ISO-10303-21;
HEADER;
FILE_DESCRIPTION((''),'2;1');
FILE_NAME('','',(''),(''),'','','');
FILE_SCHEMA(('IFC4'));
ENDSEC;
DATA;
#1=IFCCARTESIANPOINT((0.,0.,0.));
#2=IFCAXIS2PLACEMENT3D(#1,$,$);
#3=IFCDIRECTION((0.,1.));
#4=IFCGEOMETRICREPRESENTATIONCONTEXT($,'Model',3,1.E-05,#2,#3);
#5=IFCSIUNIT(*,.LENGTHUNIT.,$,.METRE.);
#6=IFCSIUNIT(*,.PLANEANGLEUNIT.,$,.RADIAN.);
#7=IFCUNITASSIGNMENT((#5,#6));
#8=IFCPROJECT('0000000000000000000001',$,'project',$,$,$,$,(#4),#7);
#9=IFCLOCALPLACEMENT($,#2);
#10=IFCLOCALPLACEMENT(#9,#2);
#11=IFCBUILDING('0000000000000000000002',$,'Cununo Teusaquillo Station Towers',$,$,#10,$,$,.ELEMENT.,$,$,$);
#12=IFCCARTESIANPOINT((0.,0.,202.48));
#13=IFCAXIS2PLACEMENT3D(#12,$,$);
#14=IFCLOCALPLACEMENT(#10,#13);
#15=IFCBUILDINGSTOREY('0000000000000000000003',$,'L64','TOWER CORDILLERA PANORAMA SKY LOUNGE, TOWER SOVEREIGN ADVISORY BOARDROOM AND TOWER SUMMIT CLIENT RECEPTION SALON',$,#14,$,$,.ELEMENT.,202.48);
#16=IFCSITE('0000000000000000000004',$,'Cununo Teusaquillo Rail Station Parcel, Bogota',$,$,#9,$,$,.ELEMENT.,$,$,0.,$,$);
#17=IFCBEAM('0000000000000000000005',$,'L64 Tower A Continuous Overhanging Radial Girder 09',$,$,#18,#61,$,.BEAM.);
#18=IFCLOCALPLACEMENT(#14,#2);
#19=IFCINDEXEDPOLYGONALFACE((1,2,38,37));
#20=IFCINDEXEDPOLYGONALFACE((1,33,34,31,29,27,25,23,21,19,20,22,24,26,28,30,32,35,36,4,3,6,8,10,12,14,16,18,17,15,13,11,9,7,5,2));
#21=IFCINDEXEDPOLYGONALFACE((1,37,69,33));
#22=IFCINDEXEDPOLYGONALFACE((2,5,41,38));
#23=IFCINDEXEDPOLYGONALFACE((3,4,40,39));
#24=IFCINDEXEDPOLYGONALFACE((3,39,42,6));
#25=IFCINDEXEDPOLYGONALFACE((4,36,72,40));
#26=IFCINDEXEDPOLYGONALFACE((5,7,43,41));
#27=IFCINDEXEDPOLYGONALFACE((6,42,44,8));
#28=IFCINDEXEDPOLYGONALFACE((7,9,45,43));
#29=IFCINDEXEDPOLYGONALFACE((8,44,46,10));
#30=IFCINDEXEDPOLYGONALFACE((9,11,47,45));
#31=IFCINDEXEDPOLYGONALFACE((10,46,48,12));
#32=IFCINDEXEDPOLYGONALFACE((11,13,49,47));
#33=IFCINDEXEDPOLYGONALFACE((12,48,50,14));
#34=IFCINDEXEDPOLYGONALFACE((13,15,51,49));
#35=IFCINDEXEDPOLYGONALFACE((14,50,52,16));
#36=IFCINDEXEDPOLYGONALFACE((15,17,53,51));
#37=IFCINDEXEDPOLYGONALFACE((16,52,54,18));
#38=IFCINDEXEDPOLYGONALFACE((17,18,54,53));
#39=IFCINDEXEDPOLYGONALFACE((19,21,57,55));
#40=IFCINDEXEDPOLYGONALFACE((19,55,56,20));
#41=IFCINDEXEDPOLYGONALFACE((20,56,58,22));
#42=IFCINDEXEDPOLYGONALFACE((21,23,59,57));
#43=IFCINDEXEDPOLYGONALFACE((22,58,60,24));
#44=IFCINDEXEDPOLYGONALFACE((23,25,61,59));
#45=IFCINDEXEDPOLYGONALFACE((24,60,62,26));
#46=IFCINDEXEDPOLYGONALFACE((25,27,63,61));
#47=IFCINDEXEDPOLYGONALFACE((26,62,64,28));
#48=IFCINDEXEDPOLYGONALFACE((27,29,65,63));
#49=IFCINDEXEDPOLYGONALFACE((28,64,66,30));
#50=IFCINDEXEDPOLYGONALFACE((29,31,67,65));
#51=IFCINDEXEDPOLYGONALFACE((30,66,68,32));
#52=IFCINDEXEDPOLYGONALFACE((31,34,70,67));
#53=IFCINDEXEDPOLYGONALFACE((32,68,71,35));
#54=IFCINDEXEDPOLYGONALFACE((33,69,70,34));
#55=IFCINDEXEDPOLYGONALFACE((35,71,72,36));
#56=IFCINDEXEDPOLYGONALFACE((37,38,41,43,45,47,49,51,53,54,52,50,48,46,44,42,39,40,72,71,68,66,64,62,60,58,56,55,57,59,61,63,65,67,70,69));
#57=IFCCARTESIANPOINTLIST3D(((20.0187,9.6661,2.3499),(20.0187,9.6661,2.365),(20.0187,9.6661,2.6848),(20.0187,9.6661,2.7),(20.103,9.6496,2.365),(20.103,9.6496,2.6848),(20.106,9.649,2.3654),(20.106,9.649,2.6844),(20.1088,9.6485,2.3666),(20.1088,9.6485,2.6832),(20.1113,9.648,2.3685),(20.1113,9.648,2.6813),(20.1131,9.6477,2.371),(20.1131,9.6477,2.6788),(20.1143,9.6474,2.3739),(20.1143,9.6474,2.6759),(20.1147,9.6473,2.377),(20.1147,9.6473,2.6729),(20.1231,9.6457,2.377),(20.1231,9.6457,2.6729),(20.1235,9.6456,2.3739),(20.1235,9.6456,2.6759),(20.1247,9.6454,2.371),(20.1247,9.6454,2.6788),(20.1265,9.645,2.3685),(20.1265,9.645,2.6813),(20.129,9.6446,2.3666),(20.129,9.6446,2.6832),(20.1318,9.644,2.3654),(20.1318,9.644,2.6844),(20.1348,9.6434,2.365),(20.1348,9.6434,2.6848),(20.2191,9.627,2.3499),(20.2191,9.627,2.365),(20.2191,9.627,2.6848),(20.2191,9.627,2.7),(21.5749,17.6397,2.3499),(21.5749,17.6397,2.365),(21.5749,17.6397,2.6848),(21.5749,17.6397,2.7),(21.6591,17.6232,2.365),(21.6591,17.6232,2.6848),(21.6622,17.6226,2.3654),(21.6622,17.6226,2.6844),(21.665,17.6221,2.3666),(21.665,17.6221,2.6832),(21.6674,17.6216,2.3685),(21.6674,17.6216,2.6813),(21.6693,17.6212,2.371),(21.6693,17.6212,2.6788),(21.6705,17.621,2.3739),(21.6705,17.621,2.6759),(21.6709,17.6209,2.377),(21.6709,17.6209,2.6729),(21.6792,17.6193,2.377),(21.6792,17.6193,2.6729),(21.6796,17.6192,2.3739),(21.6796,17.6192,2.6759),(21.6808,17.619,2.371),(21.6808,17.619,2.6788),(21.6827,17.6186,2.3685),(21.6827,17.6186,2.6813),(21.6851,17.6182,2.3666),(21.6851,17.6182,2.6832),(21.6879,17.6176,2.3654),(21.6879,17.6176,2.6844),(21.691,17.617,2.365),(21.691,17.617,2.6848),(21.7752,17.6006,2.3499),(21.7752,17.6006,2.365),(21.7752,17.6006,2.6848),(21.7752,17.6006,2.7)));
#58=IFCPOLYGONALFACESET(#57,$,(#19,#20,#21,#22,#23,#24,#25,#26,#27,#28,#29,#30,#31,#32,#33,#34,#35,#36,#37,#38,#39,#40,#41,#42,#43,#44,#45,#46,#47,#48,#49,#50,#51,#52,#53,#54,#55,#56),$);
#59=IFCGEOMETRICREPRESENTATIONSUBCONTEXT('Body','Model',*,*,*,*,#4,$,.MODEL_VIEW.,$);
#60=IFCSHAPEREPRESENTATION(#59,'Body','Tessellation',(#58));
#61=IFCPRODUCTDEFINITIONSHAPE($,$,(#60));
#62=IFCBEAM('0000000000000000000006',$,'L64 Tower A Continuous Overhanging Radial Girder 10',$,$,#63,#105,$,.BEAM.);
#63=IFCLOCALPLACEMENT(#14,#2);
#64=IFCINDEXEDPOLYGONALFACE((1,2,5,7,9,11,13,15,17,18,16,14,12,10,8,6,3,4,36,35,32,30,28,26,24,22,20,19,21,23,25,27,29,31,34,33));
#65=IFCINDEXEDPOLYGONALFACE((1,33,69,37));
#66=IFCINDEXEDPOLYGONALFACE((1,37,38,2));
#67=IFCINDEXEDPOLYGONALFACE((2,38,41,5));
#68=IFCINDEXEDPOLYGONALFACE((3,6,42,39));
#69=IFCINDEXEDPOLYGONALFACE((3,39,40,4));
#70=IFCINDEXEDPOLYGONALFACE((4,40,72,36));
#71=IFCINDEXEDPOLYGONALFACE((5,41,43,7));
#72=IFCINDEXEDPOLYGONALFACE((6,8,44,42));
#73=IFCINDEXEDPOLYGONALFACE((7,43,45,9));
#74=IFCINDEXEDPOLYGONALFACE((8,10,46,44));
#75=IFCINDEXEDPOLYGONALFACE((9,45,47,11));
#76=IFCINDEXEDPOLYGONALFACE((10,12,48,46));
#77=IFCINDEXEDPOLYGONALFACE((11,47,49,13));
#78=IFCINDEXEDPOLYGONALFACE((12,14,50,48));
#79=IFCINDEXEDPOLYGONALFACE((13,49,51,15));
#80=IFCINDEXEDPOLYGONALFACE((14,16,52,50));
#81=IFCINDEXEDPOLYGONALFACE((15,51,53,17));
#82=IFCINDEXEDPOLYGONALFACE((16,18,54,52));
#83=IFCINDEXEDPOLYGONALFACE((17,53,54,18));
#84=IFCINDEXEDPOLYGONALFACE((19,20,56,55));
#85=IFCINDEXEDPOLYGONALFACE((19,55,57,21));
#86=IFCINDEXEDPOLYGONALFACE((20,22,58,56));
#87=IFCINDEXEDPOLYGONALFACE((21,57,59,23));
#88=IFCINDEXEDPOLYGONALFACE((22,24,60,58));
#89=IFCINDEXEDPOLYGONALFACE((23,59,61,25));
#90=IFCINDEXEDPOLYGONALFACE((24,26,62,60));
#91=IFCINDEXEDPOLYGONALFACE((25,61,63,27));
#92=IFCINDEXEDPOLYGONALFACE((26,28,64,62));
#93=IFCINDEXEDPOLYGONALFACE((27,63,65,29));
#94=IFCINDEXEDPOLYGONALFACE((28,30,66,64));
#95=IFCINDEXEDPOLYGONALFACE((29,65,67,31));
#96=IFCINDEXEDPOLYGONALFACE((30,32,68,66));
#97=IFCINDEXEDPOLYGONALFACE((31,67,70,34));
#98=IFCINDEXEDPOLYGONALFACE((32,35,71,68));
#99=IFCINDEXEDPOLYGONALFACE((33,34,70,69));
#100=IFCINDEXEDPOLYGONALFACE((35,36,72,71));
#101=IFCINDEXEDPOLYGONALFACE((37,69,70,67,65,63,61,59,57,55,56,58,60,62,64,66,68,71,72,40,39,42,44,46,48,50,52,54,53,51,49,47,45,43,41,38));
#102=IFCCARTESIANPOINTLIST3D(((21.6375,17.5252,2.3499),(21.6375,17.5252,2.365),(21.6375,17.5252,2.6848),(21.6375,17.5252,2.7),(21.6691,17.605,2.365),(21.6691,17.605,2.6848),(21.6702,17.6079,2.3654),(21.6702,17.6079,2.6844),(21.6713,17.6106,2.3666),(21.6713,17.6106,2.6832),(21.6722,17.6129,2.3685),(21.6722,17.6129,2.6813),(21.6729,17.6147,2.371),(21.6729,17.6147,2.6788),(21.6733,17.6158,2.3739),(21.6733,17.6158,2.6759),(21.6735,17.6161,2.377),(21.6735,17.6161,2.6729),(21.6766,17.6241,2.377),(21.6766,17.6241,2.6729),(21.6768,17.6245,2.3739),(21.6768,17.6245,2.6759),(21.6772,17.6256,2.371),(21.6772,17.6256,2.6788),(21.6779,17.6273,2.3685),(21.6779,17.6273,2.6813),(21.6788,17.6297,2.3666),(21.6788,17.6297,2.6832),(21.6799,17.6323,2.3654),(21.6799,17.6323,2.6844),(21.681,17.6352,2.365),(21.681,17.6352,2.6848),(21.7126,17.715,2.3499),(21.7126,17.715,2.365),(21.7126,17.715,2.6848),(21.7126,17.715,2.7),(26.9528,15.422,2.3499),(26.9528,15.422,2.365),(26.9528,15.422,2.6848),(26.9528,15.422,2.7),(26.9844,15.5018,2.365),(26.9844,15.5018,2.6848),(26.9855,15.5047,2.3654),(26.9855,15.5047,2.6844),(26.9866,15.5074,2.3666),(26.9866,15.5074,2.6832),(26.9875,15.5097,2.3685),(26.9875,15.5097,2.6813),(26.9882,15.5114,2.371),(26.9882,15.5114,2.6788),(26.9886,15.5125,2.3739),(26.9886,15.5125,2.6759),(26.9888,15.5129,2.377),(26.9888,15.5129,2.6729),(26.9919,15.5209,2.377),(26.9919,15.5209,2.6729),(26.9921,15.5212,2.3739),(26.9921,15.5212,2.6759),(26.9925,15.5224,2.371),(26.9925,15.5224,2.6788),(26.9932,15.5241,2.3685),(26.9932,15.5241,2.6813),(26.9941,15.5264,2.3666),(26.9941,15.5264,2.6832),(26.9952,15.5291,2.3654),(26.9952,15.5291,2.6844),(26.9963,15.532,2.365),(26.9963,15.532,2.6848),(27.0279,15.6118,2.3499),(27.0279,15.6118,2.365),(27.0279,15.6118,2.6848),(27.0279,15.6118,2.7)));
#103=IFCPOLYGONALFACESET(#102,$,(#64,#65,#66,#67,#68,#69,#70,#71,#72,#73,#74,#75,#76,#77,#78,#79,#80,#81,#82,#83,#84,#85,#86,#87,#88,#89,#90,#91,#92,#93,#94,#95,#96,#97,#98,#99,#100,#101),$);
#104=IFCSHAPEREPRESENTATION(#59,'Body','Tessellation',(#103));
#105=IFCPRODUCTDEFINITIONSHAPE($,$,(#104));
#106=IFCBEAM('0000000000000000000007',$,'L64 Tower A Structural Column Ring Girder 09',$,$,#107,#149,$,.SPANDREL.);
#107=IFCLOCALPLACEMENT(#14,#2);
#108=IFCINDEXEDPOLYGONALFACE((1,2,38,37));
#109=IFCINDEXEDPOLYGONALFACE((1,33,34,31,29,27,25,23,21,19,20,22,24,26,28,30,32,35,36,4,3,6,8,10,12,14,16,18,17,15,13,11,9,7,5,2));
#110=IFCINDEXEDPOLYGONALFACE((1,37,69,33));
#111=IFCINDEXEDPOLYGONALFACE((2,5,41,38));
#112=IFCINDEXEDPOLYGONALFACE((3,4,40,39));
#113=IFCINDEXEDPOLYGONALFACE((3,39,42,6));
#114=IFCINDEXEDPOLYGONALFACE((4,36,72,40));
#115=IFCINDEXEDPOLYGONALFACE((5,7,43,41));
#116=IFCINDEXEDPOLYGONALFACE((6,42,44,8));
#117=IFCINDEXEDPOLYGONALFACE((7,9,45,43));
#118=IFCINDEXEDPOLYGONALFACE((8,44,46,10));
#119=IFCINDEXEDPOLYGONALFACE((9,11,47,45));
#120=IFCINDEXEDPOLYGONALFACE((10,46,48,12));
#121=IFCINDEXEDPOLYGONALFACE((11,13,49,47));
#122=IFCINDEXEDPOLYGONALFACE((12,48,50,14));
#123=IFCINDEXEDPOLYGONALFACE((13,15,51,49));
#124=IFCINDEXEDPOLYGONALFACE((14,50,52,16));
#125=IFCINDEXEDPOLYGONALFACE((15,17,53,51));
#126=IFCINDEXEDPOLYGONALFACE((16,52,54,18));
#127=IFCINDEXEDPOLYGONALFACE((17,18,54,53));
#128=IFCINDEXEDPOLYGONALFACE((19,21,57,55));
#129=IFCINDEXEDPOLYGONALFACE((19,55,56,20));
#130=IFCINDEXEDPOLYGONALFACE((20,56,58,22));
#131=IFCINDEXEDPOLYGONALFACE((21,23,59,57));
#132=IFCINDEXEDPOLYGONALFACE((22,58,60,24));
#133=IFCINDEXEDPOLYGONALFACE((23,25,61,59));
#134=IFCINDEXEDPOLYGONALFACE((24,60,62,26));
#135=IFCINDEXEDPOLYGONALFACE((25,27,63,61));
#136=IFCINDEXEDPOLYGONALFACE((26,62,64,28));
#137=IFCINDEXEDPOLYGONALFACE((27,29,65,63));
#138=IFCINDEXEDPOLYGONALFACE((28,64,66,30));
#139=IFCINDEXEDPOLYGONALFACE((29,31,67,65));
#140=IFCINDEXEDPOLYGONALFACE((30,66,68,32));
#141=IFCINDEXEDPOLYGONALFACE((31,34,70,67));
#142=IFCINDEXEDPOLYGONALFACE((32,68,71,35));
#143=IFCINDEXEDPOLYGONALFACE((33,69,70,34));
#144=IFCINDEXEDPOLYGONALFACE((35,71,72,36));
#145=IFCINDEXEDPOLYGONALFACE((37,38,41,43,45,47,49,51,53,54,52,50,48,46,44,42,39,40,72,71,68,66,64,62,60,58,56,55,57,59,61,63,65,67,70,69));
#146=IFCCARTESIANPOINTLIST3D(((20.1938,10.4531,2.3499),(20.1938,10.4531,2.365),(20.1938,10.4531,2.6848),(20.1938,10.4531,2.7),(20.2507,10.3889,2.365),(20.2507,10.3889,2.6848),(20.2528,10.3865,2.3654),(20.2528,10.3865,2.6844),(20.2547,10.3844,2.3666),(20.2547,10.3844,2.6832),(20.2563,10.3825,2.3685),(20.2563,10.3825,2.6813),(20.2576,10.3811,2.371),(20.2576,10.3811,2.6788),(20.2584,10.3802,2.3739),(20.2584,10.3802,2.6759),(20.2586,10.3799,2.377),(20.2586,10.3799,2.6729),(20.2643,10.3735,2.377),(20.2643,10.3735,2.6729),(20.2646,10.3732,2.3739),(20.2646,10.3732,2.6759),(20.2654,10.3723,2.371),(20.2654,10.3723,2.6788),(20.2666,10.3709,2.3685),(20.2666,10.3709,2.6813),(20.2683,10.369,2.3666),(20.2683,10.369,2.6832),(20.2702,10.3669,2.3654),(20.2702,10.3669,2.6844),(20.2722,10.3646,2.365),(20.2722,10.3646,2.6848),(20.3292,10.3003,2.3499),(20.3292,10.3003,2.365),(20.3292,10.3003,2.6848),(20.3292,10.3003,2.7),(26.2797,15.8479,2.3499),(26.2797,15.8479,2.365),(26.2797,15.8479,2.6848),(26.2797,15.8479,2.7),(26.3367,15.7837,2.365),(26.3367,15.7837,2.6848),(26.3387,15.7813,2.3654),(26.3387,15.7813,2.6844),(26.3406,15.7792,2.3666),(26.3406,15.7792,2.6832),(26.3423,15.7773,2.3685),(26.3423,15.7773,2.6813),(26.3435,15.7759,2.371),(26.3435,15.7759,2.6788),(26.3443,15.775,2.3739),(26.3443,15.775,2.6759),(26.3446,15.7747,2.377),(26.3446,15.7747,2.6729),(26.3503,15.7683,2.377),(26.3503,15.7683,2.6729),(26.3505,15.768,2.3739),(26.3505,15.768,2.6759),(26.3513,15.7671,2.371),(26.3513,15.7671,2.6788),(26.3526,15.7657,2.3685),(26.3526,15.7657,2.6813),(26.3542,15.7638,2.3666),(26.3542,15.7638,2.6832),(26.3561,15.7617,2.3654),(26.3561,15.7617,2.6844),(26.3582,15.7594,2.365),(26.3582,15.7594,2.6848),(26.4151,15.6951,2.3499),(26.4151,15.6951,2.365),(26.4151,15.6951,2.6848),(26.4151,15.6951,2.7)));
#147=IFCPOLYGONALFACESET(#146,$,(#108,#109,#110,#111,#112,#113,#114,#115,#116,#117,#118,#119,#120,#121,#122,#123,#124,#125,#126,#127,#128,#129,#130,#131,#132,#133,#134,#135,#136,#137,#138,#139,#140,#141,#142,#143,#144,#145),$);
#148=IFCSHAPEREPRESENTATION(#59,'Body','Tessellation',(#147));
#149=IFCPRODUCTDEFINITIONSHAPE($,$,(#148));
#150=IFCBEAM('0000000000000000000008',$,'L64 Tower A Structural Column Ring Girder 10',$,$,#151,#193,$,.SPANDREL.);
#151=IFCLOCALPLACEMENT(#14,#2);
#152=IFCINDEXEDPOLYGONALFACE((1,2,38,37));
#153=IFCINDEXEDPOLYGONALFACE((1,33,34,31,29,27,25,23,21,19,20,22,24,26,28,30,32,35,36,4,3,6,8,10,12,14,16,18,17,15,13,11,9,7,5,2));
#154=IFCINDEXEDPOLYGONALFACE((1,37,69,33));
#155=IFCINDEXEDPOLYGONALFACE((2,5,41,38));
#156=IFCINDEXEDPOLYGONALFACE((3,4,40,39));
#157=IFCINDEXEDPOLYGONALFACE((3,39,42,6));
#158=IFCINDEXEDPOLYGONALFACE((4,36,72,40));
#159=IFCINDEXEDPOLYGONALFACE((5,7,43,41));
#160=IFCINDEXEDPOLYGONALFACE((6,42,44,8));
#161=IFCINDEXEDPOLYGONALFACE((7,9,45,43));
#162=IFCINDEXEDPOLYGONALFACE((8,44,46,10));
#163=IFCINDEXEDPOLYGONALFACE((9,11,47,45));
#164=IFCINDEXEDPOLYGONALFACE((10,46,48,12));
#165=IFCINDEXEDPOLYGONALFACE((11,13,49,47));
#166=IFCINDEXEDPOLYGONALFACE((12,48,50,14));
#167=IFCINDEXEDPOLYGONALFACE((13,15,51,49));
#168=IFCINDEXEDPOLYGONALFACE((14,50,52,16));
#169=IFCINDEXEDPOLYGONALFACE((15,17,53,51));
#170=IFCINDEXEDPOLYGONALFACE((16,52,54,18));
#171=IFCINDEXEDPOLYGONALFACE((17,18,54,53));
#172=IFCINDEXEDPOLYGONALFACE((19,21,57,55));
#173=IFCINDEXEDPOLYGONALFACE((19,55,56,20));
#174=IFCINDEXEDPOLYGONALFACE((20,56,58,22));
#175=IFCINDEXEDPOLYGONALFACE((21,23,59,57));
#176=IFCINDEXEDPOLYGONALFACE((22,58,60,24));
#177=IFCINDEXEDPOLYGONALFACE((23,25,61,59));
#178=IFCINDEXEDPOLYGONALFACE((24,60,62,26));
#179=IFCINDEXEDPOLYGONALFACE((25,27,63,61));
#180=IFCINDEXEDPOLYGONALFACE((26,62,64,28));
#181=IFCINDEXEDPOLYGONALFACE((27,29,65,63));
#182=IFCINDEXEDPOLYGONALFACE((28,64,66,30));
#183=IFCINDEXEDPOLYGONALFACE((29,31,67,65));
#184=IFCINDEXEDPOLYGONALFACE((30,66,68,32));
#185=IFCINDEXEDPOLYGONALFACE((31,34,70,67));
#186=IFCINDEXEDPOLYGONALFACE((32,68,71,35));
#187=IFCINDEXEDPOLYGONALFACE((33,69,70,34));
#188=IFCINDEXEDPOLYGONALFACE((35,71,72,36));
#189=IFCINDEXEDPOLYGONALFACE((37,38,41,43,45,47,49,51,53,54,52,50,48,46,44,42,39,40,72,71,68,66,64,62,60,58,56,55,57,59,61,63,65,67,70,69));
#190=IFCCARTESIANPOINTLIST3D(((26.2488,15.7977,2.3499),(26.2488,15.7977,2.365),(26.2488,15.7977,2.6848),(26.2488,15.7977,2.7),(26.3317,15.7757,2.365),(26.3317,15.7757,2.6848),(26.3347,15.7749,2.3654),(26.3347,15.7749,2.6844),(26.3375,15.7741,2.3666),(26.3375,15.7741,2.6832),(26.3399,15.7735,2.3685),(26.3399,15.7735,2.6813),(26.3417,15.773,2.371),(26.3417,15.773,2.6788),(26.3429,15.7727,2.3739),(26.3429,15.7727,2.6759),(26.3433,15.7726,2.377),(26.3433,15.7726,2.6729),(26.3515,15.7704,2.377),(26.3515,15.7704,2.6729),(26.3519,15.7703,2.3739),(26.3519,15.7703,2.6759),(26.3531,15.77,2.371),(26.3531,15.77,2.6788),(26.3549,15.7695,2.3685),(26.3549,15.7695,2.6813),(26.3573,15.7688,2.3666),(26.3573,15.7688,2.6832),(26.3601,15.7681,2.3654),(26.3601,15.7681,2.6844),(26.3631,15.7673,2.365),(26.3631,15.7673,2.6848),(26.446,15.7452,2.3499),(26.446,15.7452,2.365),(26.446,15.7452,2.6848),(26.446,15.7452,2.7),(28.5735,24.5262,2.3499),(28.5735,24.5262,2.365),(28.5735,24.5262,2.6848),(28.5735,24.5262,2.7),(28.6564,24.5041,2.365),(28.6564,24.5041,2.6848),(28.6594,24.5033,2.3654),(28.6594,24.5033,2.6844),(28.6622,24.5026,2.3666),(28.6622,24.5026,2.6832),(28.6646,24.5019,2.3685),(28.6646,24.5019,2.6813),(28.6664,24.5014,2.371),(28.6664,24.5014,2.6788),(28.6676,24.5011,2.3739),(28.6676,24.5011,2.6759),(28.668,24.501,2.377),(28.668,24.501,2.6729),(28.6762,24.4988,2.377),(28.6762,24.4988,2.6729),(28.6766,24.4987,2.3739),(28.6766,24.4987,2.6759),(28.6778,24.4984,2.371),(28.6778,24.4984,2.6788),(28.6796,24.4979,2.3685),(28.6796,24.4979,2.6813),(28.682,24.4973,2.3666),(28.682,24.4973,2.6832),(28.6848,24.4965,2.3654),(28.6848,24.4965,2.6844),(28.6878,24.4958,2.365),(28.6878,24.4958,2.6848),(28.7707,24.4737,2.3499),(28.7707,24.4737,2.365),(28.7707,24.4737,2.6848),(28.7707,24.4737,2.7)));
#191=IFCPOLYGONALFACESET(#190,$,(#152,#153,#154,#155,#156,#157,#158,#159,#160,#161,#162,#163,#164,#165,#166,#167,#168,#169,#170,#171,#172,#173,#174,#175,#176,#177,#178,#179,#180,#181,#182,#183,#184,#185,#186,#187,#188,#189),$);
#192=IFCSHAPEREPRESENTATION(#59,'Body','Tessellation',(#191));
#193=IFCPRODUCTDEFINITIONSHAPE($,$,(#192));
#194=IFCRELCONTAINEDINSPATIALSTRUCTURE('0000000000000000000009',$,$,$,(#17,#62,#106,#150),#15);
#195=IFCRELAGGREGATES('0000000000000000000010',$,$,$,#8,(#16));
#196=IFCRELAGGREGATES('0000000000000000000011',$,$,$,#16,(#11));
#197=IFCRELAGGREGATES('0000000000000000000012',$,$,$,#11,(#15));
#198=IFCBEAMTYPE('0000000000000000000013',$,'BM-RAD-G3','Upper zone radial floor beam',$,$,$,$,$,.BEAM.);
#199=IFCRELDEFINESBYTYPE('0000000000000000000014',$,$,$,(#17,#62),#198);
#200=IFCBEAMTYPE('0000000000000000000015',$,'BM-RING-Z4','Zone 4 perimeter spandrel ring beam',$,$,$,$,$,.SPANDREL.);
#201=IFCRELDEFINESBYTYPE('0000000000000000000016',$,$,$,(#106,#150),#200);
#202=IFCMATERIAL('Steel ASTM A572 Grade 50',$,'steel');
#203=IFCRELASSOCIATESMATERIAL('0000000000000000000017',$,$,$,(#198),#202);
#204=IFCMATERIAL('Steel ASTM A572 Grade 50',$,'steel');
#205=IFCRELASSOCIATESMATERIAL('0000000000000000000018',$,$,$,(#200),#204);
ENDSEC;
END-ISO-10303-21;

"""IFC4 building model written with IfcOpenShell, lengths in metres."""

from ifc_helpers import new_model, si_unit, direction, frame, origin, origin_2d, place, context, subcontext, project, spatial, i_section, extrude, material, material_profile, profile_set, type_object, element, save


model = new_model("IFC4")

# Units and contexts
model_context = context("Model", 3, precision=1e-05, world=origin(), true_north=direction((0.0, 1.0)))
body_context = subcontext(model_context, "Body", "Model", "MODEL_VIEW")
ifc_project = project(units=[si_unit("LENGTHUNIT", "METRE"), si_unit("PLANEANGLEUNIT", "RADIAN")], contexts=[model_context])

# Site, building, storey
site_placement = place(None, origin())
site = spatial("IfcSite", under=ifc_project, at=site_placement, Name="Cununo Teusaquillo Rail Station Parcel, Bogota", CompositionType="ELEMENT", RefElevation=0.0)
building_placement = place(site_placement, origin())
building = spatial("IfcBuilding", under=site, at=building_placement, Name="Cununo Teusaquillo Station Towers", CompositionType="ELEMENT")
storey_placement = place(building_placement, frame((0.0, 0.0, 202.48)))
storey = spatial("IfcBuildingStorey", under=building, at=storey_placement, Name="L64", Description="TOWER CORDILLERA PANORAMA SKY LOUNGE, TOWER SOVEREIGN ADVISORY BOARDROOM AND TOWER SUMMIT CLIENT RECEPTION SALON", CompositionType="ELEMENT", Elevation=202.48)

# Beams
ifc_material_1 = material(Name="Steel ASTM A572 Grade 50", Category="steel")
ifc_material_profile_1 = material_profile(ifc_material_1, i_section(OverallWidth=0.2041, OverallDepth=0.3501, WebThickness=0.0085, FlangeThickness=0.0151, FilletRadius=0.012, at=origin_2d()), Name="W14X48")
ifc_profile_set_1 = profile_set([ifc_material_profile_1], Name="Steel ASTM A572 Grade 50")
beam_type_1 = type_object("IfcBeamType", Name="BM-RAD-G3", Description="Upper zone radial floor beam", PredefinedType="BEAM", material=ifc_profile_set_1)
beam_1_placement = place(storey_placement, frame((21.675, 17.6201, 2.5249), z_axis=(-0.191548, -0.981483, 0.0), x_axis=(0.981483, -0.191548, 0.0)))
element("IfcBeam", 1, at=beam_1_placement, inside=storey, type_object=beam_type_1, Name="L64 Tower A Continuous Overhanging Radial Girder 09", PredefinedType="BEAM", context=body_context, shape_type="SweptSolid", body=[
    extrude(i_section(OverallWidth=0.2041, OverallDepth=0.3501, WebThickness=0.0085, FlangeThickness=0.0151, FilletRadius=0.012, at=origin_2d()), origin(), (0.0, 0.0, 1.0), 8.124),
])
beam_2_placement = place(storey_placement, frame((21.675, 17.6201, 2.5249), z_axis=(0.929852, -0.367935, 0.0), x_axis=(0.367935, 0.929852, 0.0)))
element("IfcBeam", 2, at=beam_2_placement, inside=storey, type_object=beam_type_1, Name="L64 Tower A Continuous Overhanging Radial Girder 10", PredefinedType="BEAM", context=body_context, shape_type="SweptSolid", body=[
    extrude(i_section(OverallWidth=0.2041, OverallDepth=0.3501, WebThickness=0.0085, FlangeThickness=0.0151, FilletRadius=0.012, at=origin_2d()), origin(), (0.0, 0.0, 1.0), 5.7163),
])
ifc_material_2 = material(Name="Steel ASTM A572 Grade 50", Category="steel")
ifc_material_profile_2 = material_profile(ifc_material_2, i_section(OverallWidth=0.2041, OverallDepth=0.3501, WebThickness=0.0085, FlangeThickness=0.0151, FilletRadius=0.012, at=origin_2d()), Name="W14X48")
ifc_profile_set_2 = profile_set([ifc_material_profile_2], Name="Steel ASTM A572 Grade 50")
beam_type_2 = type_object("IfcBeamType", Name="BM-RING-Z4", Description="Zone 4 perimeter spandrel ring beam", PredefinedType="SPANDREL", material=ifc_profile_set_2)
beam_3_placement = place(storey_placement, frame((20.2615, 10.3767, 2.5249), z_axis=(0.748321, 0.663337, 0.0), x_axis=(-0.663337, 0.748321, 0.0)))
element("IfcBeam", 3, at=beam_3_placement, inside=storey, type_object=beam_type_2, Name="L64 Tower A Structural Column Ring Girder 09", PredefinedType="SPANDREL", context=body_context, shape_type="SweptSolid", body=[
    extrude(i_section(OverallWidth=0.2041, OverallDepth=0.3501, WebThickness=0.0085, FlangeThickness=0.0151, FilletRadius=0.012, at=origin_2d()), origin(), (0.0, 0.0, 1.0), 8.1328),
])
beam_4_placement = place(storey_placement, frame((26.3474, 15.7715, 2.5249), z_axis=(0.257363, 0.966315, 0.0), x_axis=(-0.966315, 0.257363, 0.0)))
element("IfcBeam", 4, at=beam_4_placement, inside=storey, type_object=beam_type_2, Name="L64 Tower A Structural Column Ring Girder 10", PredefinedType="SPANDREL", context=body_context, shape_type="SweptSolid", body=[
    extrude(i_section(OverallWidth=0.2041, OverallDepth=0.3501, WebThickness=0.0085, FlangeThickness=0.0151, FilletRadius=0.012, at=origin_2d()), origin(), (0.0, 0.0, 1.0), 9.0327),
])

save(model, "model.ifc")
